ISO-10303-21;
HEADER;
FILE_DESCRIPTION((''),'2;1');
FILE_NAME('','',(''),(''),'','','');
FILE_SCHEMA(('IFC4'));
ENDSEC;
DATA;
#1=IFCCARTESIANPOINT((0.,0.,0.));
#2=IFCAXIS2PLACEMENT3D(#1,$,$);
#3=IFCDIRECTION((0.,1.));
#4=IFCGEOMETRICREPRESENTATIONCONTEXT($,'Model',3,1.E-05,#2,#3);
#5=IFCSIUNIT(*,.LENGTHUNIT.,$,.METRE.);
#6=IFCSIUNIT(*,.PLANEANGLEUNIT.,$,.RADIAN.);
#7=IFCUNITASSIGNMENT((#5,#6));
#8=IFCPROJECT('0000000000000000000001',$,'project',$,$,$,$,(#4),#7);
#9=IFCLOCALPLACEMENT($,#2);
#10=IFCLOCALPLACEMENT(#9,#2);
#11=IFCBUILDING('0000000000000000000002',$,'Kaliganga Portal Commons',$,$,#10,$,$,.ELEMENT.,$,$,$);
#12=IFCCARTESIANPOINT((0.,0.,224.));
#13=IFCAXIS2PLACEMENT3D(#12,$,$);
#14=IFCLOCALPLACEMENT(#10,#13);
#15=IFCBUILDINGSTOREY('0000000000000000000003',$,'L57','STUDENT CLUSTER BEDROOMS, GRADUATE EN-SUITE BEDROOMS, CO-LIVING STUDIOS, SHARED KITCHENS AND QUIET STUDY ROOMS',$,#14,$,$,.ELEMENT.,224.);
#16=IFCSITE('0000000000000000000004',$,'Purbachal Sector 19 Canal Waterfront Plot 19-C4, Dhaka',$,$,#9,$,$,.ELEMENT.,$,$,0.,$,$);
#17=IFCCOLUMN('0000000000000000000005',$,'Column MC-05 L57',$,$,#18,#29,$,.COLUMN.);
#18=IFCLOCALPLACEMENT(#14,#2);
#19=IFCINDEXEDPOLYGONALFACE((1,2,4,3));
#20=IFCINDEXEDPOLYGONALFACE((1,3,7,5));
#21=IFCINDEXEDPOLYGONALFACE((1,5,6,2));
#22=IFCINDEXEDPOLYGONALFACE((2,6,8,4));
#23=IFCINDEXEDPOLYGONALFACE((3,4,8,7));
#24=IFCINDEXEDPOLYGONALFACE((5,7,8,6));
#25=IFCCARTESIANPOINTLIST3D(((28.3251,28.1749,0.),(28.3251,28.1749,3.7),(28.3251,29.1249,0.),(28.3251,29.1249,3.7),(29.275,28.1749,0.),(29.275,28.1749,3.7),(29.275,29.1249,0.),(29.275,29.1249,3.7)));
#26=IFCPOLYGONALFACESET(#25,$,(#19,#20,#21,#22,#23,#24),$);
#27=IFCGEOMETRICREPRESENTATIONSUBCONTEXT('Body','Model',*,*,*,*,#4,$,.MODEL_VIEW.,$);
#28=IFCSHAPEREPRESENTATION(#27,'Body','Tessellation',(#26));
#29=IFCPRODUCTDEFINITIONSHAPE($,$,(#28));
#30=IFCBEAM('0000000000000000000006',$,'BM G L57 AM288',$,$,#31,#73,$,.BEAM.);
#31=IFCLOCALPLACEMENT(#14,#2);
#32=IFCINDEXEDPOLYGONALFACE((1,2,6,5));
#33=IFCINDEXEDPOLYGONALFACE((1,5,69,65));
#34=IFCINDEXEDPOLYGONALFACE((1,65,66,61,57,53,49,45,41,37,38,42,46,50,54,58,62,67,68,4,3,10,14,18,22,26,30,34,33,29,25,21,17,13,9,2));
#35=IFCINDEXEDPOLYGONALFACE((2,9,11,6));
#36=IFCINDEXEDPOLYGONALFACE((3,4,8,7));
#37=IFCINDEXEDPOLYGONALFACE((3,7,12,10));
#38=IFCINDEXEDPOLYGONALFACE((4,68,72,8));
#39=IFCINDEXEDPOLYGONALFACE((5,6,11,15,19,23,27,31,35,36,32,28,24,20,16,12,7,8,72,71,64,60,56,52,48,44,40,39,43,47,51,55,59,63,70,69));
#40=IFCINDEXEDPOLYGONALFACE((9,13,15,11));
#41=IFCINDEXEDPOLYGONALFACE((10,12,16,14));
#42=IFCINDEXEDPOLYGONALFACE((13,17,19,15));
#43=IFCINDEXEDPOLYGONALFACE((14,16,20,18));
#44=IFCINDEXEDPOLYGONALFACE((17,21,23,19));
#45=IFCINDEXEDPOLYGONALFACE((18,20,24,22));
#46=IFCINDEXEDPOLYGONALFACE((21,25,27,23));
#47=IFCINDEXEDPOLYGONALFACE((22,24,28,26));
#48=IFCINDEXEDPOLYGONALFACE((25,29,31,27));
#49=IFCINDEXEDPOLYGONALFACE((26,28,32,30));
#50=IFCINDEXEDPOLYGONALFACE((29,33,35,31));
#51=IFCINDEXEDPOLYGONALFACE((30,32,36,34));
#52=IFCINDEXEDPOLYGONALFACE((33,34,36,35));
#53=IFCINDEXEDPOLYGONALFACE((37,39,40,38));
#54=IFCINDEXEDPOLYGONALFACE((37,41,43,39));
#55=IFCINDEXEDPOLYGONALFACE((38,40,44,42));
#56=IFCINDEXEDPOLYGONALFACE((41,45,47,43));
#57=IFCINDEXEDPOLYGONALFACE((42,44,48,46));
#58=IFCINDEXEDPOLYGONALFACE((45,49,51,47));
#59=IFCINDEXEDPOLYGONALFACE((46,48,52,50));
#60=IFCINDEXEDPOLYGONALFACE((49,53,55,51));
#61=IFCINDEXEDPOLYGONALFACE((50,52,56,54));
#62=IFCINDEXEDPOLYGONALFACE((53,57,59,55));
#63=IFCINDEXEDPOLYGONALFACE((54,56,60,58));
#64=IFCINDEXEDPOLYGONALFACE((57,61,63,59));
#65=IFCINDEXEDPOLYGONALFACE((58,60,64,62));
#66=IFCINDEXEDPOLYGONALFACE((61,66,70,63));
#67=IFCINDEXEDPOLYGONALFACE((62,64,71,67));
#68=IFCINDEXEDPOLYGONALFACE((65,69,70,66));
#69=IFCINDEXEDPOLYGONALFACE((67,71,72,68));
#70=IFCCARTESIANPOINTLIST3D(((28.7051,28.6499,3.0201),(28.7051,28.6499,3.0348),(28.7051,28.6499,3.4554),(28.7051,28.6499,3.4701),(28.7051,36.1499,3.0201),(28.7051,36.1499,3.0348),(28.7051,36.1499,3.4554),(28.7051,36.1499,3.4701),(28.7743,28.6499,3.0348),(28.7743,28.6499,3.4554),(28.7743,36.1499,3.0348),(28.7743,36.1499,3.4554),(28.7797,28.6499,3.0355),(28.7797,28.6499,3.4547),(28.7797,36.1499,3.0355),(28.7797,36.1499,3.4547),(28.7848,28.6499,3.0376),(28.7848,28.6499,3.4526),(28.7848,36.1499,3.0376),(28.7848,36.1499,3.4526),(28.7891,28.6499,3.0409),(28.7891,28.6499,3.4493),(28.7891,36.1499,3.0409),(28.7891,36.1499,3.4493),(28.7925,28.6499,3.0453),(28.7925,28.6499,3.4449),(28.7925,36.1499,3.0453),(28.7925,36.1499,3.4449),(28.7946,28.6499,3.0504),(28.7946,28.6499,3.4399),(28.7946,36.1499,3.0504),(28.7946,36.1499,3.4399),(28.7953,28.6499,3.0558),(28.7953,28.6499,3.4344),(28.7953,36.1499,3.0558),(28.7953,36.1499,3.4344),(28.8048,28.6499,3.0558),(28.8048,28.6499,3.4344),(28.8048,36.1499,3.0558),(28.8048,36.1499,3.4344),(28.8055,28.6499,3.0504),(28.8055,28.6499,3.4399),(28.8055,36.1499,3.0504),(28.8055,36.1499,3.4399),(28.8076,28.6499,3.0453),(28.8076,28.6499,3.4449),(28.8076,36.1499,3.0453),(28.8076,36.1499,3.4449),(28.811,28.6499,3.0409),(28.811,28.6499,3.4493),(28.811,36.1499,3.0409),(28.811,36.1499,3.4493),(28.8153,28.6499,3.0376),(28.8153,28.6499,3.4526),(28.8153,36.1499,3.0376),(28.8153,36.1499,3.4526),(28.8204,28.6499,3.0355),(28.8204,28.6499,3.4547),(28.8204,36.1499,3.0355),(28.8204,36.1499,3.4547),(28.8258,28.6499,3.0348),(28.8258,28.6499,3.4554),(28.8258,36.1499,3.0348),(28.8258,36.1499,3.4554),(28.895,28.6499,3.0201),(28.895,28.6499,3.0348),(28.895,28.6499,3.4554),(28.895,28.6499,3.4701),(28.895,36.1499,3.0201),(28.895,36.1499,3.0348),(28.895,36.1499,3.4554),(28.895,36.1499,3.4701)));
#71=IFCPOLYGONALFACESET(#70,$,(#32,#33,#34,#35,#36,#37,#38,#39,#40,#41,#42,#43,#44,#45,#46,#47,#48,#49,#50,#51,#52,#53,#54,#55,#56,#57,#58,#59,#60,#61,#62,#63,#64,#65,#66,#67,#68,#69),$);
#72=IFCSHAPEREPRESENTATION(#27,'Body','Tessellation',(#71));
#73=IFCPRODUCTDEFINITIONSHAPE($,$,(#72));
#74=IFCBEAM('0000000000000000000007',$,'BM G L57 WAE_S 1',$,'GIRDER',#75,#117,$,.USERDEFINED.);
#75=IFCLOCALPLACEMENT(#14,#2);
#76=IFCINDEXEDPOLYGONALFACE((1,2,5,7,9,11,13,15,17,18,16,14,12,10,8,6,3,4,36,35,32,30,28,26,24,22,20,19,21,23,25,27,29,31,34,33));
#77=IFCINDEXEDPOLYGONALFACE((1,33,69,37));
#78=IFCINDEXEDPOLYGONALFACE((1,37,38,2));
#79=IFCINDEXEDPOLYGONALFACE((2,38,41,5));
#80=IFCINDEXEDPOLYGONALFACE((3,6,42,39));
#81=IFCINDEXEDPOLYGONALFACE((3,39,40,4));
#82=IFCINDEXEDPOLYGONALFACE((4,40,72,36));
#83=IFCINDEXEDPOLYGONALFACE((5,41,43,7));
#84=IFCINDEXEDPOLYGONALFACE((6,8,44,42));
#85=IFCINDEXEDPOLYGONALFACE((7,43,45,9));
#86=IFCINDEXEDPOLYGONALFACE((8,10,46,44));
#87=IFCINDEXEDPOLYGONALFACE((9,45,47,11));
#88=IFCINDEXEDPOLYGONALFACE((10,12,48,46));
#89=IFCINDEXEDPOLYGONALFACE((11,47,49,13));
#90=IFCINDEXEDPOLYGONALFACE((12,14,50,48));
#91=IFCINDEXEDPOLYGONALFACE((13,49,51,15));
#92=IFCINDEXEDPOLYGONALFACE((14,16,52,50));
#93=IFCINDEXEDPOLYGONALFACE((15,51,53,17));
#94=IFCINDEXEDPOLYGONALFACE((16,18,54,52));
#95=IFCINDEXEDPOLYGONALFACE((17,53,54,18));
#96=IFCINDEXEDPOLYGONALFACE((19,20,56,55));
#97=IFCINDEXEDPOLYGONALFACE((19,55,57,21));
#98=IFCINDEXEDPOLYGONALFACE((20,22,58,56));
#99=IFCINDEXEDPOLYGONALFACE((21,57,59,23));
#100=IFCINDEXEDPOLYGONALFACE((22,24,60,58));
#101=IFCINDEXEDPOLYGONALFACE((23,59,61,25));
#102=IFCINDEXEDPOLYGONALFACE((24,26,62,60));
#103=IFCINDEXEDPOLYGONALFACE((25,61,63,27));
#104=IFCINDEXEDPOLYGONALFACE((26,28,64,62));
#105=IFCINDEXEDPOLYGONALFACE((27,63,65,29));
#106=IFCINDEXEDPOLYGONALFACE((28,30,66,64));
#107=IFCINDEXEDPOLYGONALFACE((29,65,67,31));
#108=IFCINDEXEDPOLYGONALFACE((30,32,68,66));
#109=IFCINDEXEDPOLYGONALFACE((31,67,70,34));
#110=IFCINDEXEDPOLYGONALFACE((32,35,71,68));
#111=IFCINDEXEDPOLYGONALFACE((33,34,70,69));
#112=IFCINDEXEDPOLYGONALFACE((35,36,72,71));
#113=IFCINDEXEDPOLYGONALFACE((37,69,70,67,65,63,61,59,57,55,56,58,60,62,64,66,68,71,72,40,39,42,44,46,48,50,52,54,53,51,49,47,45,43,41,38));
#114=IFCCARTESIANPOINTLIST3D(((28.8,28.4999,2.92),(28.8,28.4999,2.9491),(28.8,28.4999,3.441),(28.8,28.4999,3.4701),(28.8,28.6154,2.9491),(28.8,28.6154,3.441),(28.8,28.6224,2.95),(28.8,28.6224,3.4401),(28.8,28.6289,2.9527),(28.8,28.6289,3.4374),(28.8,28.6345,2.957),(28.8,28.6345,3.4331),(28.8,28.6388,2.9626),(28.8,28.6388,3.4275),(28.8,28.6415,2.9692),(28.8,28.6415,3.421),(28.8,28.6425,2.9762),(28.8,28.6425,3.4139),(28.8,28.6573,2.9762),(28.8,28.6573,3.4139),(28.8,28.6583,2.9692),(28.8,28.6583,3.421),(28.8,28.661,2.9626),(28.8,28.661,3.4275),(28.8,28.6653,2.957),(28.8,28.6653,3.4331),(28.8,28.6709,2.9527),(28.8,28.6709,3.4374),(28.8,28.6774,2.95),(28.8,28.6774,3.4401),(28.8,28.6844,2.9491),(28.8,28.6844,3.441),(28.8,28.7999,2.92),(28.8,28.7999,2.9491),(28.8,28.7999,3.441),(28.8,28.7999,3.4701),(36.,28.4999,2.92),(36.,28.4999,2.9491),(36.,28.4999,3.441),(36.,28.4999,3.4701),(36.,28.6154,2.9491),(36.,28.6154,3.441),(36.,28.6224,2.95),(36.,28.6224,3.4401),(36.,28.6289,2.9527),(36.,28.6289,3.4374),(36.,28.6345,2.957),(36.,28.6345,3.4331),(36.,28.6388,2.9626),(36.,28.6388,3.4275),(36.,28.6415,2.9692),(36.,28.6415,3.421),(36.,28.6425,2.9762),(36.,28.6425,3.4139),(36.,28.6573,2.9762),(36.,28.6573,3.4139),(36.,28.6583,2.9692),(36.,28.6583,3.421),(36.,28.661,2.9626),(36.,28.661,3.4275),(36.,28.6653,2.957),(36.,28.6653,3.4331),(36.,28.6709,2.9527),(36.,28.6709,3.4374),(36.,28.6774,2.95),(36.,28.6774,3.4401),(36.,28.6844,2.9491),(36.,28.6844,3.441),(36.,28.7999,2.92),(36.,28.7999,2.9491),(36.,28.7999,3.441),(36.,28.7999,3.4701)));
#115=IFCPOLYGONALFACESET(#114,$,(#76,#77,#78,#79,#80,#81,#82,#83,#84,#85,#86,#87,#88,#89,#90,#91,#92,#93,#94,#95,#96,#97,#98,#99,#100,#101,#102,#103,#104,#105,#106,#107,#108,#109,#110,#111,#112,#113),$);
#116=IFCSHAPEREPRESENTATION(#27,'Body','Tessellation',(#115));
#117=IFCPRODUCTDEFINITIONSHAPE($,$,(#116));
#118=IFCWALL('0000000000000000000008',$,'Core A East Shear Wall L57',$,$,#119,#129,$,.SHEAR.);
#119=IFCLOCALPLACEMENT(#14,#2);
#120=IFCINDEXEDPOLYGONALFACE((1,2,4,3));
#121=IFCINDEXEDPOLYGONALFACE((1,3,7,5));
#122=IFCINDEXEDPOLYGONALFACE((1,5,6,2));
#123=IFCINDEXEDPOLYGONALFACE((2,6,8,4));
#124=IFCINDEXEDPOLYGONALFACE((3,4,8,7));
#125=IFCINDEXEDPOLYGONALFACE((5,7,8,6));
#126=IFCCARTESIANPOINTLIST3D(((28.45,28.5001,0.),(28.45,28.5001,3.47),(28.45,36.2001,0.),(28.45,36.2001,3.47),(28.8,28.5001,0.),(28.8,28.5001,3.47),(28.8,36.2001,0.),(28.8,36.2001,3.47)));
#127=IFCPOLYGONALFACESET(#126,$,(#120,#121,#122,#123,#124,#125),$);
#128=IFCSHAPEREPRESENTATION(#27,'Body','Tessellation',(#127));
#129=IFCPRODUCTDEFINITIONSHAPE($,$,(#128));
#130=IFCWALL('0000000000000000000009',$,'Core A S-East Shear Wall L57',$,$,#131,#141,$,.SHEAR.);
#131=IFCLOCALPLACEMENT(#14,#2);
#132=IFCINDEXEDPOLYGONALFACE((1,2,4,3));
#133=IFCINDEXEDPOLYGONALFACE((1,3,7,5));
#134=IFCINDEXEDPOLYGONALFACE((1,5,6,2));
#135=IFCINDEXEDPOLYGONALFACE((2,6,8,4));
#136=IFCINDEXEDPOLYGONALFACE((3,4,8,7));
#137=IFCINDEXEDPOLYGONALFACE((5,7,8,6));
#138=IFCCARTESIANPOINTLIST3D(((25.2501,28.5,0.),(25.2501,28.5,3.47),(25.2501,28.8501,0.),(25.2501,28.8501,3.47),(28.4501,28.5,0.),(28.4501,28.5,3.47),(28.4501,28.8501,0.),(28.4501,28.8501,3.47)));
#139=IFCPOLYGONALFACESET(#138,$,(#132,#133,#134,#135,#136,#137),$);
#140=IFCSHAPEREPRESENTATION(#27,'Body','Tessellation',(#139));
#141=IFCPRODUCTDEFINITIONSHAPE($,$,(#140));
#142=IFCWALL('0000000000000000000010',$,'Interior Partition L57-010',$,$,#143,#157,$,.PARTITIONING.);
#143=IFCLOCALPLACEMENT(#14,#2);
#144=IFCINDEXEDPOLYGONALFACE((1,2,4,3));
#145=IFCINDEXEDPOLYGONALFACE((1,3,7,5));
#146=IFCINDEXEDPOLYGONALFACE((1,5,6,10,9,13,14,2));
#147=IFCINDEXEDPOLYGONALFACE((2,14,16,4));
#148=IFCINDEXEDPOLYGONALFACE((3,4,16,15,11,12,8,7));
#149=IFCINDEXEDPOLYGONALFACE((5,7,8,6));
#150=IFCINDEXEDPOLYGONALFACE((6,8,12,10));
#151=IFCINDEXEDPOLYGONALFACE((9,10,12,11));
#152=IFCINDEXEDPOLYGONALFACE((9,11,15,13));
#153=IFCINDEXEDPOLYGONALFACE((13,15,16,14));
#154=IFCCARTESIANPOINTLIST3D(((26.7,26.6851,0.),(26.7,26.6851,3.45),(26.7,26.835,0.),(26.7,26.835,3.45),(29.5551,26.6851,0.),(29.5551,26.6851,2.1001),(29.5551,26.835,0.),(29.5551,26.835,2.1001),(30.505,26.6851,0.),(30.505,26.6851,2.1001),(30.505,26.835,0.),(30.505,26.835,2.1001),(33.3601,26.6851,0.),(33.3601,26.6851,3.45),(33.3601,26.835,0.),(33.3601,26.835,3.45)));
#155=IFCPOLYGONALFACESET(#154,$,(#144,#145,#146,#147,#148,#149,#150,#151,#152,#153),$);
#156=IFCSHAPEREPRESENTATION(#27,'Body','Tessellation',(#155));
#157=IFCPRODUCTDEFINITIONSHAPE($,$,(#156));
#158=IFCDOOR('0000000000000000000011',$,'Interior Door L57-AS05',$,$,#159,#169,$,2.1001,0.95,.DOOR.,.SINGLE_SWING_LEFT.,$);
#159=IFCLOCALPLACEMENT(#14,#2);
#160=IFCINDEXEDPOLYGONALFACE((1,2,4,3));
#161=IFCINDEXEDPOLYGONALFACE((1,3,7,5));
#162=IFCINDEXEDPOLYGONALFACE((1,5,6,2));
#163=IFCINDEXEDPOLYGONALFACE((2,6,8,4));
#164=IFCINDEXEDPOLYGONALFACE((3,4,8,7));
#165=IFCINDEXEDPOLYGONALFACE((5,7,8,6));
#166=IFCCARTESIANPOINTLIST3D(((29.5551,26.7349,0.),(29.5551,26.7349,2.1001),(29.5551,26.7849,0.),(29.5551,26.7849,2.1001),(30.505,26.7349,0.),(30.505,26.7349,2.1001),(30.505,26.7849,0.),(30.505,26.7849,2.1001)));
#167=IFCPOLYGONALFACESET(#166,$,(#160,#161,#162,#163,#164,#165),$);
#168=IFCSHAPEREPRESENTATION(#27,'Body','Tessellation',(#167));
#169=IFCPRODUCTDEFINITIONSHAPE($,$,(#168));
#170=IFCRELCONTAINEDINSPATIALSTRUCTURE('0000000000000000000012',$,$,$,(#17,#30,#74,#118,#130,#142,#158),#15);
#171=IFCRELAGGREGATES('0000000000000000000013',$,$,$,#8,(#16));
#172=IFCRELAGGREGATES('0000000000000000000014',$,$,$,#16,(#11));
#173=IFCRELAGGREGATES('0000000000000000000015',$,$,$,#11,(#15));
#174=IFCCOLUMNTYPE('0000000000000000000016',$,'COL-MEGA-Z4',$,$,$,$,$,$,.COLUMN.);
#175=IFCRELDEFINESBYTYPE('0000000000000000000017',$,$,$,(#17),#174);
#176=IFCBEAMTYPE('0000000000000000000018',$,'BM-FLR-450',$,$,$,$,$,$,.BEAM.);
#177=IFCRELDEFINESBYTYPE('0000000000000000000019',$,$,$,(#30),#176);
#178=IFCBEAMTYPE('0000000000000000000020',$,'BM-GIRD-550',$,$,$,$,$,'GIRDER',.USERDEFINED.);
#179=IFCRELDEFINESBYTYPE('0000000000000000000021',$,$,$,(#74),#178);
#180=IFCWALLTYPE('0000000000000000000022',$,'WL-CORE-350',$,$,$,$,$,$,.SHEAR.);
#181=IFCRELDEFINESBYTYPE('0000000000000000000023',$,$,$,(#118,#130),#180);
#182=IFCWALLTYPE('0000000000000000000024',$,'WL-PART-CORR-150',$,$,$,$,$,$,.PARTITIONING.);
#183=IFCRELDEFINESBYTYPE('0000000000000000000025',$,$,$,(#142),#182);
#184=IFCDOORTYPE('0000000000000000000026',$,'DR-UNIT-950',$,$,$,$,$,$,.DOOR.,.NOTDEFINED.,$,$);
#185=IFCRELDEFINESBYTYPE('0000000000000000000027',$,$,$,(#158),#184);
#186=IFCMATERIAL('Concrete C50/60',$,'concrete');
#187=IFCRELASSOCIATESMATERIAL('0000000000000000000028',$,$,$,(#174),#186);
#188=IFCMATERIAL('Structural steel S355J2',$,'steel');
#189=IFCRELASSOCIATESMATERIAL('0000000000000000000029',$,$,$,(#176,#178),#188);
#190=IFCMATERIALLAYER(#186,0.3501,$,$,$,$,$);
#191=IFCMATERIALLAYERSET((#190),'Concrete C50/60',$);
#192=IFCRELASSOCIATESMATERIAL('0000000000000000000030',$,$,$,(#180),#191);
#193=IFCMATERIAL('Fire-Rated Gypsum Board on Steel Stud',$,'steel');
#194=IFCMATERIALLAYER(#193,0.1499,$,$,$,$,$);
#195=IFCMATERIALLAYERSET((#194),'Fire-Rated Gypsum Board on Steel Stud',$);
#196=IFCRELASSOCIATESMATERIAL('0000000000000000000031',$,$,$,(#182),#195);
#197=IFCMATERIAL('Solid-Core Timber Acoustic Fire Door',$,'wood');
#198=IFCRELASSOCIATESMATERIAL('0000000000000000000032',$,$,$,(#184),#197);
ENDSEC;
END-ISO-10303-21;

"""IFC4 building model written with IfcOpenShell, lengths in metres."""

from ifc_helpers import new_model, si_unit, direction, frame, frame_2d, origin, origin_2d, place, context, subcontext, project, spatial, rectangle, i_section, extrude, source, transform, mapped, material, layer, layer_set, material_profile, profile_set, type_object, element, fill, save


model = new_model("IFC4")

# Units and contexts
model_context = context("Model", 3, precision=1e-05, world=origin(), true_north=direction((0.0, 1.0)))
body_context = subcontext(model_context, "Body", "Model", "MODEL_VIEW")
ifc_project = project(units=[si_unit("LENGTHUNIT", "METRE"), si_unit("PLANEANGLEUNIT", "RADIAN")], contexts=[model_context])

# Site, building, storey
site_placement = place(None, origin())
site = spatial("IfcSite", under=ifc_project, at=site_placement, Name="Purbachal Sector 19 Canal Waterfront Plot 19-C4, Dhaka", CompositionType="ELEMENT", RefElevation=0.0)
building_placement = place(site_placement, origin())
building = spatial("IfcBuilding", under=site, at=building_placement, Name="Kaliganga Portal Commons", CompositionType="ELEMENT")
storey_placement = place(building_placement, frame((0.0, 0.0, 224.0)))
storey = spatial("IfcBuildingStorey", under=building, at=storey_placement, Name="L57", Description="STUDENT CLUSTER BEDROOMS, GRADUATE EN-SUITE BEDROOMS, CO-LIVING STUDIOS, SHARED KITCHENS AND QUIET STUDY ROOMS", CompositionType="ELEMENT", Elevation=224.0)

# Column
ifc_material_1 = material(Name="Concrete C50/60", Category="concrete")
ifc_material_profile_1 = material_profile(ifc_material_1, rectangle(XDim=0.95, YDim=0.95, at=origin_2d()), Name="RC 950x950")
ifc_profile_set_1 = profile_set([ifc_material_profile_1], Name="Concrete C50/60")
column_type = type_object("IfcColumnType", Name="COL-MEGA-Z4", PredefinedType="COLUMN", material=ifc_profile_set_1)
shared_shape_1 = source(origin(), body_context, "Body", "SweptSolid", [
    extrude(rectangle(XDim=0.95, YDim=0.95, at=origin_2d()), origin(), (0.0, 0.0, 1.0), 3.7),
])
column_placement = place(storey_placement, frame((28.8, 28.6499, 0.0), z_axis=(0.0, 0.0, 1.0), x_axis=(1.0, 0.0, 0.0)))
element("IfcColumn", 1, at=column_placement, inside=storey, type_object=column_type, Name="Column MC-05 L57", PredefinedType="COLUMN", context=body_context, shape_type="MappedRepresentation", body=[
    mapped(shared_shape_1, transform((0.0, 0.0, 0.0), x_axis=(1.0, 0.0, 0.0), y_axis=(0.0, 1.0, 0.0), z_axis=(0.0, 0.0, 1.0), scale=1.0)),
])

# Beams
ifc_material_2 = material(Name="Structural steel S355J2", Category="steel")
ifc_material_profile_2 = material_profile(ifc_material_2, i_section(OverallWidth=0.1899, OverallDepth=0.45, WebThickness=0.0095, FlangeThickness=0.0146, FilletRadius=0.021, at=origin_2d()), Name="IPE 450")
ifc_profile_set_2 = profile_set([ifc_material_profile_2], Name="Structural steel S355J2 wide-flange")
beam_type_1 = type_object("IfcBeamType", Name="BM-FLR-450", PredefinedType="BEAM", material=ifc_profile_set_2)
shared_shape_2 = source(origin(), body_context, "Body", "SweptSolid", [
    extrude(i_section(OverallWidth=0.1899, OverallDepth=0.45, WebThickness=0.0095, FlangeThickness=0.0146, FilletRadius=0.021, at=origin_2d()), origin(), (0.0, 0.0, 1.0), 7.5),
])
beam_1_placement = place(storey_placement, frame((28.8, 28.6499, 3.2451), z_axis=(0.0, 1.0, 0.0), x_axis=(-1.0, 0.0, 0.0)))
element("IfcBeam", 2, at=beam_1_placement, inside=storey, type_object=beam_type_1, Name="BM G L57 AM288", PredefinedType="BEAM", context=body_context, shape_type="MappedRepresentation", body=[
    mapped(shared_shape_2, transform((0.0, 0.0, 0.0), x_axis=(1.0, 0.0, 0.0), y_axis=(0.0, 1.0, 0.0), z_axis=(0.0, 0.0, 1.0), scale=1.0)),
])
ifc_material_profile_3 = material_profile(ifc_material_2, i_section(OverallWidth=0.3, OverallDepth=0.55, WebThickness=0.0149, FlangeThickness=0.0291, FilletRadius=0.0271, at=origin_2d()), Name="HE 550 B")
ifc_profile_set_3 = profile_set([ifc_material_profile_3], Name="Structural steel S355J2 wide-flange")
beam_type_2 = type_object("IfcBeamType", Name="BM-GIRD-550", ElementType="GIRDER", PredefinedType="USERDEFINED", material=ifc_profile_set_3)
shared_shape_3 = source(origin(), body_context, "Body", "SweptSolid", [
    extrude(i_section(OverallWidth=0.3, OverallDepth=0.55, WebThickness=0.0149, FlangeThickness=0.0291, FilletRadius=0.0271, at=origin_2d()), origin(), (0.0, 0.0, 1.0), 7.2),
])
beam_2_placement = place(storey_placement, frame((28.8, 28.6499, 3.1951), z_axis=(1.0, 0.0, 0.0), x_axis=(0.0, 1.0, 0.0)))
element("IfcBeam", 3, at=beam_2_placement, inside=storey, type_object=beam_type_2, Name="BM G L57 WAE_S 1", ObjectType="GIRDER", PredefinedType="USERDEFINED", context=body_context, shape_type="MappedRepresentation", body=[
    mapped(shared_shape_3, transform((0.0, 0.0, 0.0), x_axis=(1.0, 0.0, 0.0), y_axis=(0.0, 1.0, 0.0), z_axis=(0.0, 0.0, 1.0), scale=1.0)),
])

# Walls
ifc_layer_1 = layer(ifc_material_1, 0.3501)
ifc_layer_set_1 = layer_set([ifc_layer_1], Name="Concrete C50/60")
wall_type_1 = type_object("IfcWallType", Name="WL-CORE-350", PredefinedType="SHEAR", material=ifc_layer_set_1)
wall_1_placement = place(storey_placement, frame((28.625, 28.5, 0.0), z_axis=(0.0, 0.0, 1.0), x_axis=(0.0, 1.0, 0.0)))
element("IfcWall", 4, at=wall_1_placement, inside=storey, type_object=wall_type_1, Name="Core A East Shear Wall L57", PredefinedType="SHEAR", context=body_context, shape_type="SweptSolid", body=[
    extrude(rectangle(XDim=7.7, YDim=0.3501, at=frame_2d((3.8501, 0.0))), origin(), (0.0, 0.0, 1.0), 3.47),
])
wall_2_placement = place(storey_placement, frame((25.25, 28.675, 0.0), z_axis=(0.0, 0.0, 1.0), x_axis=(1.0, 0.0, 0.0)))
element("IfcWall", 5, at=wall_2_placement, inside=storey, type_object=wall_type_1, Name="Core A S-East Shear Wall L57", PredefinedType="SHEAR", context=body_context, shape_type="SweptSolid", body=[
    extrude(rectangle(XDim=3.2, YDim=0.3501, at=frame_2d((1.6001, 0.0))), origin(), (0.0, 0.0, 1.0), 3.47),
])

# Wall, opening, door
ifc_material_3 = material(Name="Fire-Rated Gypsum Board on Steel Stud", Category="steel")
ifc_layer_2 = layer(ifc_material_3, 0.1499)
ifc_layer_set_2 = layer_set([ifc_layer_2], Name="Fire-Rated Gypsum Board on Steel Stud")
wall_type_2 = type_object("IfcWallType", Name="WL-PART-CORR-150", PredefinedType="PARTITIONING", material=ifc_layer_set_2)
wall_3_placement = place(storey_placement, frame((26.7, 26.76, 0.0), z_axis=(0.0, 0.0, 1.0), x_axis=(1.0, 0.0, 0.0)))
wall_3 = element("IfcWall", 6, at=wall_3_placement, inside=storey, type_object=wall_type_2, Name="Interior Partition L57-010", PredefinedType="PARTITIONING", context=body_context, shape_type="SweptSolid", body=[
    extrude(rectangle(XDim=6.6602, YDim=0.1499, at=frame_2d((3.3301, 0.0))), origin(), (0.0, 0.0, 1.0), 3.45),
])
opening_1_placement = place(wall_3_placement, frame((2.855, 0.0, 0.0)))
opening_1 = element("IfcOpeningElement", 7, at=opening_1_placement, cuts=wall_3, PredefinedType="OPENING", context=body_context, shape_type="SweptSolid", body=[
    extrude(rectangle(XDim=0.95, YDim=2.1001, at=frame_2d((0.4751, 1.05))), frame((0.0, 0.085, 0.0), z_axis=(0.0, -1.0, 0.0), x_axis=(1.0, 0.0, 0.0)), (0.0, 0.0, 1.0), 0.1699),
])
ifc_material_4 = material(Name="Solid-Core Timber Acoustic Fire Door", Category="wood")
door_type_1 = type_object("IfcDoorType", Name="DR-UNIT-950", OperationType="NOTDEFINED", PredefinedType="DOOR", material=ifc_material_4)
door_1_placement = place(opening_1_placement, origin())
door_1 = element("IfcDoor", 8, at=door_1_placement, inside=storey, type_object=door_type_1, Name="Interior Door L57-AS05", OperationType="SINGLE_SWING_LEFT", OverallHeight=2.1001, OverallWidth=0.95, PredefinedType="DOOR", context=body_context, shape_type="SweptSolid", body=[
    extrude(rectangle(XDim=0.95, YDim=2.1001, at=frame_2d((0.4751, 1.05))), frame((0.0, 0.0249, 0.0), z_axis=(0.0, -1.0, 0.0), x_axis=(1.0, 0.0, 0.0)), (0.0, 0.0, 1.0), 0.05),
])
fill(opening_1, door_1)

save(model, "model.ifc")
